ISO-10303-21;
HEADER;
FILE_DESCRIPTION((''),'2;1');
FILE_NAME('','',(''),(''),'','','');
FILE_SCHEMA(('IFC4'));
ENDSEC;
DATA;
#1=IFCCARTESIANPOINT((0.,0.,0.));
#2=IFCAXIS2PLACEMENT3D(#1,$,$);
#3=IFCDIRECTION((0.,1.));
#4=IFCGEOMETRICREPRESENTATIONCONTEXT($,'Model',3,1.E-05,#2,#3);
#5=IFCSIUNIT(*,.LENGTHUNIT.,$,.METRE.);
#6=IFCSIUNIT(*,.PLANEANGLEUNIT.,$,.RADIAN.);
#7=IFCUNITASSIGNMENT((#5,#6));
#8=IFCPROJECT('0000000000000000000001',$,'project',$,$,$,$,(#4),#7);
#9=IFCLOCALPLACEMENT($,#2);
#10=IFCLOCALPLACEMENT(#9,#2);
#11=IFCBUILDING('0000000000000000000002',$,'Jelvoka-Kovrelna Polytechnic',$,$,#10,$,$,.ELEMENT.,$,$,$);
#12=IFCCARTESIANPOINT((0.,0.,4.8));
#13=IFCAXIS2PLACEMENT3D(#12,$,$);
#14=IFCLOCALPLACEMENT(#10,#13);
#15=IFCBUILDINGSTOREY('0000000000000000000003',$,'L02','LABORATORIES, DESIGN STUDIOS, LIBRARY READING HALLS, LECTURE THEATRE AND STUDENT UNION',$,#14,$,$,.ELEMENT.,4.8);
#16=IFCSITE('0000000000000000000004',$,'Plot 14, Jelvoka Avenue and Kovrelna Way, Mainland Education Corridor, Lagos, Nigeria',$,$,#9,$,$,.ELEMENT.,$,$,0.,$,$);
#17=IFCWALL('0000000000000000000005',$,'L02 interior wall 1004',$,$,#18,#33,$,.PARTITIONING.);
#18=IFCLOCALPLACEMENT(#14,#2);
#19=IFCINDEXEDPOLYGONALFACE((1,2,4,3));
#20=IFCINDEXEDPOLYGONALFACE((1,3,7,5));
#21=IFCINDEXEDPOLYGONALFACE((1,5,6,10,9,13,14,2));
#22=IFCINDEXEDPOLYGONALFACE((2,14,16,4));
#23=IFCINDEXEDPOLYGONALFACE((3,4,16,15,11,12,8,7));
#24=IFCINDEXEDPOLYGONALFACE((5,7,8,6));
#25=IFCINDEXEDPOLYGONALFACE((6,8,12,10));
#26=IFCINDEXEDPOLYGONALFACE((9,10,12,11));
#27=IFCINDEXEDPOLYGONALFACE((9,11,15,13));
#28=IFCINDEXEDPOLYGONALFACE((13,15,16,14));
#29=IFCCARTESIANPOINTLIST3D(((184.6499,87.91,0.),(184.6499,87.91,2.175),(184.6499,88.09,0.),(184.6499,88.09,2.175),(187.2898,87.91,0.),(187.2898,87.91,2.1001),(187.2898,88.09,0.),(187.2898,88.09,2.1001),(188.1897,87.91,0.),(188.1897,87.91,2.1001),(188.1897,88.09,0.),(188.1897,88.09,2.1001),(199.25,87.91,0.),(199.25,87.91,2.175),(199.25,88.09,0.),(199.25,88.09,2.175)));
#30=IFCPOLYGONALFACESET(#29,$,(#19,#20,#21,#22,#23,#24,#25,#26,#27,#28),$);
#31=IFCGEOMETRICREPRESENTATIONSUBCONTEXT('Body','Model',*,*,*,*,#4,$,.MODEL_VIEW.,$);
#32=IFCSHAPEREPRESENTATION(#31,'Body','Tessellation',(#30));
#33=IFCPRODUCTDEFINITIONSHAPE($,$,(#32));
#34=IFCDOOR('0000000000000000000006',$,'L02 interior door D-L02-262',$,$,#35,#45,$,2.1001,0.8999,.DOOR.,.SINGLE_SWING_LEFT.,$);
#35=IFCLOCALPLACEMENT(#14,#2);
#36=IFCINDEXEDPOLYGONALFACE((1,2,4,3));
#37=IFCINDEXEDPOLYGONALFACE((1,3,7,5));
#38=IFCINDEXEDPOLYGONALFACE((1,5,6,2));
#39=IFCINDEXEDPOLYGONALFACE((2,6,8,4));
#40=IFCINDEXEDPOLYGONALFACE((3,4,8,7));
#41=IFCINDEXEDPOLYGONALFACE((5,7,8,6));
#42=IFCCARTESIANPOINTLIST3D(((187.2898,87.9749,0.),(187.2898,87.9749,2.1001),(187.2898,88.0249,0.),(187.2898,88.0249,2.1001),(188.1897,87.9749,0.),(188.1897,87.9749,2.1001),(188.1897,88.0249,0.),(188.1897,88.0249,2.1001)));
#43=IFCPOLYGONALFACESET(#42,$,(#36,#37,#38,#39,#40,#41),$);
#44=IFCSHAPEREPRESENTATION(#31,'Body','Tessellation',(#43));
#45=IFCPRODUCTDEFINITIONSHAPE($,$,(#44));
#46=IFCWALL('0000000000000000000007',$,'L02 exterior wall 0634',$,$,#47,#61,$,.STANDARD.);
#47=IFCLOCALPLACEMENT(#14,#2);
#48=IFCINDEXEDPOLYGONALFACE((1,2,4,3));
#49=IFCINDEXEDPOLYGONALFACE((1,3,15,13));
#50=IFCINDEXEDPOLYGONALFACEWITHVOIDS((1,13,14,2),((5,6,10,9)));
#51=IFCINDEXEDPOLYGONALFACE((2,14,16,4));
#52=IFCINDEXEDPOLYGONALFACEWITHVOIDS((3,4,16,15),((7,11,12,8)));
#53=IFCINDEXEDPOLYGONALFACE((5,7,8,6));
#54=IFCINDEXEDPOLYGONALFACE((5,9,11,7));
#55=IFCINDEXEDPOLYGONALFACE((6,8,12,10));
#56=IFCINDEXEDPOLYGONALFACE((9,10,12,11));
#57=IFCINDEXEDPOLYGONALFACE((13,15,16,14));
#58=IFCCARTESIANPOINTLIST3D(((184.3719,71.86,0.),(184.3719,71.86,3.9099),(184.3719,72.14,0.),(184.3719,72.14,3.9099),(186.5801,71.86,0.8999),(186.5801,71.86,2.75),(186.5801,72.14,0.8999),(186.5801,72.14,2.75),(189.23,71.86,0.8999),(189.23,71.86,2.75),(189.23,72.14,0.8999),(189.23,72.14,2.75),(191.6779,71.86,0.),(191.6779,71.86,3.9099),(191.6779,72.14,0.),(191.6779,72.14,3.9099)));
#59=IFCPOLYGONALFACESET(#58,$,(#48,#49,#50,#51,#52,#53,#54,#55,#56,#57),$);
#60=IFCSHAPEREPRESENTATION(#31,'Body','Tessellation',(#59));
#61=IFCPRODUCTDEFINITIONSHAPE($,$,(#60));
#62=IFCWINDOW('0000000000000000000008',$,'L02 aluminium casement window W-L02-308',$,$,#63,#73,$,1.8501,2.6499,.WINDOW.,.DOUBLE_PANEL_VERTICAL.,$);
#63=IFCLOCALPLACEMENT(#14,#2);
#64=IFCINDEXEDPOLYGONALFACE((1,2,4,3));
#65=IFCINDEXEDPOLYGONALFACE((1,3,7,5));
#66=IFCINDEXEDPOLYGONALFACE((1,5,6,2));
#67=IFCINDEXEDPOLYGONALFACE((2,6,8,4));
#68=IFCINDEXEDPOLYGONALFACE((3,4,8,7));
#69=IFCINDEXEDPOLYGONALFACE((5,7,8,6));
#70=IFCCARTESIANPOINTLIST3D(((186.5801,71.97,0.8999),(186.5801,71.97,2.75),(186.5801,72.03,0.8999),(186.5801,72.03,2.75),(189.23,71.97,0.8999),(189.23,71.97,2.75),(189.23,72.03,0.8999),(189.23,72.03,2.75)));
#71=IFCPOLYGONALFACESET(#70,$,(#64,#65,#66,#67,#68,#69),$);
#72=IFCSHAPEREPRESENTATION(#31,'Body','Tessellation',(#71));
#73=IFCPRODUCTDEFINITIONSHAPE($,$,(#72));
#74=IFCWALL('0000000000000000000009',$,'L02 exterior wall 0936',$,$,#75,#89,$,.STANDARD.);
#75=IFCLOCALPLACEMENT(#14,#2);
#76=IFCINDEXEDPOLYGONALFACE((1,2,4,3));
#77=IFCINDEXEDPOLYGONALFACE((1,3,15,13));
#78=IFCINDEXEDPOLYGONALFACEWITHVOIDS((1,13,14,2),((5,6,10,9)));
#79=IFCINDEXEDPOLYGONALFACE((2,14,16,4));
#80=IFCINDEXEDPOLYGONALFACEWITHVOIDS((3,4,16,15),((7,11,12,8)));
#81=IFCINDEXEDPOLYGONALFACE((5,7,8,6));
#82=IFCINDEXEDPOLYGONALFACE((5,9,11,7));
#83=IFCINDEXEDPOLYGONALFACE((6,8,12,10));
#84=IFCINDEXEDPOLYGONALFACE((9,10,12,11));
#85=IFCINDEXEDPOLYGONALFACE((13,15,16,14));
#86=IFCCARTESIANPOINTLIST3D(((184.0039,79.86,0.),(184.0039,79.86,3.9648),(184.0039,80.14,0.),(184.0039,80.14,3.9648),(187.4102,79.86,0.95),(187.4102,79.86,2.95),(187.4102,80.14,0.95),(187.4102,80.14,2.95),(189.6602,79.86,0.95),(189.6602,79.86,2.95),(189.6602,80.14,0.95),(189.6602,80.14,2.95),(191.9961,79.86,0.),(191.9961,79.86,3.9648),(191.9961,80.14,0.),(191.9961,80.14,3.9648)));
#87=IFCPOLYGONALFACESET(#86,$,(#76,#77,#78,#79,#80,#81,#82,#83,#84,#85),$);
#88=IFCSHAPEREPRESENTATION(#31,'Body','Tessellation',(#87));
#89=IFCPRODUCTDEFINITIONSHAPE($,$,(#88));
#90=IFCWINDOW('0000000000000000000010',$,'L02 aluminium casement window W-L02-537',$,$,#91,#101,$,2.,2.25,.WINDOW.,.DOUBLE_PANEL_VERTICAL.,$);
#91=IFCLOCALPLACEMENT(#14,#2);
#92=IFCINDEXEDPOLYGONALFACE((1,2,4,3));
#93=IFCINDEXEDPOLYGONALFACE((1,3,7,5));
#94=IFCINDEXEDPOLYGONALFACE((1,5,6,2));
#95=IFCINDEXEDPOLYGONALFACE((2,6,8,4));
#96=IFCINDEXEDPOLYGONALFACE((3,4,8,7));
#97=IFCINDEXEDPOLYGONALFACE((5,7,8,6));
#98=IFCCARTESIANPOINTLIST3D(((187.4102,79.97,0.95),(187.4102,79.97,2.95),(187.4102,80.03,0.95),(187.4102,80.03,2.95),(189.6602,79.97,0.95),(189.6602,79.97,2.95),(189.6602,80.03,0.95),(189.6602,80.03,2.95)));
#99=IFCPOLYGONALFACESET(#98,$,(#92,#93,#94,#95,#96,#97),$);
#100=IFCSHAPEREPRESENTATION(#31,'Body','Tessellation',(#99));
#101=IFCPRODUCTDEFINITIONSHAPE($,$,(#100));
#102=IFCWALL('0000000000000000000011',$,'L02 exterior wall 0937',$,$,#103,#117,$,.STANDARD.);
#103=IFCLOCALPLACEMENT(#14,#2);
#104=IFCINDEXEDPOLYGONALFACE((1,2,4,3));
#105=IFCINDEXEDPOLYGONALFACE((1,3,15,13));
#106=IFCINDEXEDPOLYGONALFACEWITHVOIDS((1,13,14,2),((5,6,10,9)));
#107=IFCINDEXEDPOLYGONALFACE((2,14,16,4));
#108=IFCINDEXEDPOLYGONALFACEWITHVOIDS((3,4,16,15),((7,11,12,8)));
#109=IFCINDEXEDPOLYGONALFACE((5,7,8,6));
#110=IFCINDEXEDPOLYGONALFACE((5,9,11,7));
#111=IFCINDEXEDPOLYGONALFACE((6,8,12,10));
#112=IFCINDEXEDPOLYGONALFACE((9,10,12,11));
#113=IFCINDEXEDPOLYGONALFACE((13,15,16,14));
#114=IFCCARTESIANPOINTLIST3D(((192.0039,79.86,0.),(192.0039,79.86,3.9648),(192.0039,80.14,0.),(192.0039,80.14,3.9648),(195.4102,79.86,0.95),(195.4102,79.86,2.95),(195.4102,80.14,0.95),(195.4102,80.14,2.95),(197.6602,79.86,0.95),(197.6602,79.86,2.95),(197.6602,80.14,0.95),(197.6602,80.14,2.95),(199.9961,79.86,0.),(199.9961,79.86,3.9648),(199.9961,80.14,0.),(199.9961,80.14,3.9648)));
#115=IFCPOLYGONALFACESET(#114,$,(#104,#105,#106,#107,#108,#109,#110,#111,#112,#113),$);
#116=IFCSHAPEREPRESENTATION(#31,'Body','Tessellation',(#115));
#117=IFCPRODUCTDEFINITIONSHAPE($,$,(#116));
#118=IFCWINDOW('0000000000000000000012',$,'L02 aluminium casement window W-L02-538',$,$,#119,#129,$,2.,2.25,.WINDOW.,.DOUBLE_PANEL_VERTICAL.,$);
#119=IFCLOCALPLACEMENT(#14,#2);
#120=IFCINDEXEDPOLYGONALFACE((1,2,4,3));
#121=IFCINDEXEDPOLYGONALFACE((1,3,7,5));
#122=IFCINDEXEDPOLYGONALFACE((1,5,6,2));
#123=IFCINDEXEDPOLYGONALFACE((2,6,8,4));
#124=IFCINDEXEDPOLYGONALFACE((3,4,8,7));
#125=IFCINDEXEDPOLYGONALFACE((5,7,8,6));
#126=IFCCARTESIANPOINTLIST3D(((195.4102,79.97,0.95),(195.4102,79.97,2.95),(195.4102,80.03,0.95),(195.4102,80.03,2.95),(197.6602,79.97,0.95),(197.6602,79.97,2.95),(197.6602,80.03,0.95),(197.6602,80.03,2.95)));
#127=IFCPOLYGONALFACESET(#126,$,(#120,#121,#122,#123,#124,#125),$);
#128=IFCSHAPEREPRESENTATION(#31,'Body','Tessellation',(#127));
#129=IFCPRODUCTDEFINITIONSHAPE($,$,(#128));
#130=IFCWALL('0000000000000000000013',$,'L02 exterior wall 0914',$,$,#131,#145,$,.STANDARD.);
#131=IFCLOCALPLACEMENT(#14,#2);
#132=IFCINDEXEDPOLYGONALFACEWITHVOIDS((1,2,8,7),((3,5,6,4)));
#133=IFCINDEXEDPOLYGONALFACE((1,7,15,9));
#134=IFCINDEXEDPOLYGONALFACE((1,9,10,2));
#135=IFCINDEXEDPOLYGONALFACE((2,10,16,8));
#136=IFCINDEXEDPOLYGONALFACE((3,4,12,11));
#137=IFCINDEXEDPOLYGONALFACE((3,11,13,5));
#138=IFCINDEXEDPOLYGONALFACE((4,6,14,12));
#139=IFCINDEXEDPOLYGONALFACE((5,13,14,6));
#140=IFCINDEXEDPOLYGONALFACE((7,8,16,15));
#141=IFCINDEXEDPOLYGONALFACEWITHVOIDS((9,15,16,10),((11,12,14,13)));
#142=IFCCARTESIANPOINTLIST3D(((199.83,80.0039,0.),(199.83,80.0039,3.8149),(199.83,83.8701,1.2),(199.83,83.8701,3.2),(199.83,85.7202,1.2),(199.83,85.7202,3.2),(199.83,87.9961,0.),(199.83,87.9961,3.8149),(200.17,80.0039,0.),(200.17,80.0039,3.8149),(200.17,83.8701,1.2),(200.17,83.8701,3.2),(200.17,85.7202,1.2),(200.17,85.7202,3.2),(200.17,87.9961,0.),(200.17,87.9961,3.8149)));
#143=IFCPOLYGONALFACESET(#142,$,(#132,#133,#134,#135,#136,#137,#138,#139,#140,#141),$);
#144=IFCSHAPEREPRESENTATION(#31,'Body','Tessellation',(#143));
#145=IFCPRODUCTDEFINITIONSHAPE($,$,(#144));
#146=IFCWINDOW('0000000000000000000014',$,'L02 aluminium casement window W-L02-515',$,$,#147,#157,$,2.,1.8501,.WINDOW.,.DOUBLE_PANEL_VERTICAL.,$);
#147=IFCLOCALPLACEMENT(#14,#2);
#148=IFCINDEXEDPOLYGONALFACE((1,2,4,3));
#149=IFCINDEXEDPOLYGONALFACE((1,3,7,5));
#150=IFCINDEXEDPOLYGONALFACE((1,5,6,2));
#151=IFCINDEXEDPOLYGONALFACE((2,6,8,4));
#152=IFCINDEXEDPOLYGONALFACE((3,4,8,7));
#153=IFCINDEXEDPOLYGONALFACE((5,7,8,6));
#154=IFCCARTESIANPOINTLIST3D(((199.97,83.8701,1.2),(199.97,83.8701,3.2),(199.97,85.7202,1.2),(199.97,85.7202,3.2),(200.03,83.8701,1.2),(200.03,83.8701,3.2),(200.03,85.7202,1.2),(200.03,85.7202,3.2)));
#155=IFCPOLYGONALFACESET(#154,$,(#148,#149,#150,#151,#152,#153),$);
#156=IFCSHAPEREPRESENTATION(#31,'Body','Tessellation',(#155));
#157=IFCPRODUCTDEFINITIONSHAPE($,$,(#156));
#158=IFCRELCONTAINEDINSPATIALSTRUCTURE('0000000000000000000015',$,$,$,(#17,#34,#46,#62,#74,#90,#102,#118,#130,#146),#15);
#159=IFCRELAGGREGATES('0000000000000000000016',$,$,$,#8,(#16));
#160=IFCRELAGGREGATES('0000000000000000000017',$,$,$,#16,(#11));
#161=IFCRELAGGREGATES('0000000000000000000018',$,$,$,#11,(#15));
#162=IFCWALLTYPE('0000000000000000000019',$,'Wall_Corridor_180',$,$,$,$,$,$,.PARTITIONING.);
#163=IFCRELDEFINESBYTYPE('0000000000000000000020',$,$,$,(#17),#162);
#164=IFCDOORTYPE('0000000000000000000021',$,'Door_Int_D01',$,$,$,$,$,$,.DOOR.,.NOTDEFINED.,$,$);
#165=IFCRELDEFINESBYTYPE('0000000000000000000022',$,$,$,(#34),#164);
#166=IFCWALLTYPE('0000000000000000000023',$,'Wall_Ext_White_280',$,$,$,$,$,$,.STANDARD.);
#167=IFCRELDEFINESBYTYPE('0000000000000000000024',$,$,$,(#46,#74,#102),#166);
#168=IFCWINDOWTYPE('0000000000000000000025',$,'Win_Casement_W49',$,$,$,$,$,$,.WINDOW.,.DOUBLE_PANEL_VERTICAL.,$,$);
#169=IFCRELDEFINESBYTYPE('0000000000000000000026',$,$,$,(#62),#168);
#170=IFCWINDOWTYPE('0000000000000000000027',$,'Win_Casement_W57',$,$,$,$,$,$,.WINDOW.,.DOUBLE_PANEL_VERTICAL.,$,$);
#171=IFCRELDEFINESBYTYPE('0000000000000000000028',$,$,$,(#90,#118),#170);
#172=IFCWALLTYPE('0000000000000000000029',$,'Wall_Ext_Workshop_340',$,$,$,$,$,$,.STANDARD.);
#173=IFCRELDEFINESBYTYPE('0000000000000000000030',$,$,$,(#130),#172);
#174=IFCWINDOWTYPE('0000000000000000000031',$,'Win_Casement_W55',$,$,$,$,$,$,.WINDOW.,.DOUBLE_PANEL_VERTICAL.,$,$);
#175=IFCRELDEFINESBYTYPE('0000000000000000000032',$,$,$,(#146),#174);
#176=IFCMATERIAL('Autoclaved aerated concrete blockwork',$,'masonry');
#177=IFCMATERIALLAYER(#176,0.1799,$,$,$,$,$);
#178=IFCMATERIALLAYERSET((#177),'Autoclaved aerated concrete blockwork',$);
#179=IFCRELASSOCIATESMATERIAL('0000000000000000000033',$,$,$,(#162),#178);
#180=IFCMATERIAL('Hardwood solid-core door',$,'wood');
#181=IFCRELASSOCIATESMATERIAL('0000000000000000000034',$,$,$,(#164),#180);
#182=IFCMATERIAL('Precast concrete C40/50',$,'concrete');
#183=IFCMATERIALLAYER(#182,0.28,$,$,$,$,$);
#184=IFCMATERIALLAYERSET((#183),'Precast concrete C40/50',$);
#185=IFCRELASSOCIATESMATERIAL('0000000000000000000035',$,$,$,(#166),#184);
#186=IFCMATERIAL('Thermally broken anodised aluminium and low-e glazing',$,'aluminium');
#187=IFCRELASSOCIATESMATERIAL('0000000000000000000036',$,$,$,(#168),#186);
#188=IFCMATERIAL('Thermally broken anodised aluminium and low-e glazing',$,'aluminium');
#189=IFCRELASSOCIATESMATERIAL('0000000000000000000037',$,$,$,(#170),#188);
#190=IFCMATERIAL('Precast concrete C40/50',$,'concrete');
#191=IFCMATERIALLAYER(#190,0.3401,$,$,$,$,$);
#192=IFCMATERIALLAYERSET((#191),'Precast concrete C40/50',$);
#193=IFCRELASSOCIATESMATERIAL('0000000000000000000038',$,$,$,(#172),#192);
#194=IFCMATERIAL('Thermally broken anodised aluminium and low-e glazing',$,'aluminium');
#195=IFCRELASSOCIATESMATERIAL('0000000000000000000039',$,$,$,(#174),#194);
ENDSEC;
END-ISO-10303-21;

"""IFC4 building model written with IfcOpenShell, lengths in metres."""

from ifc_helpers import new_model, si_unit, direction, frame, frame_2d, origin, place, context, subcontext, project, spatial, rectangle, extrude, material, layer, layer_set, type_object, element, fill, save


model = new_model("IFC4")

# Units and contexts
model_context = context("Model", 3, precision=1e-05, world=origin(), true_north=direction((0.0, 1.0)))
body_context = subcontext(model_context, "Body", "Model", "MODEL_VIEW")
ifc_project = project(units=[si_unit("LENGTHUNIT", "METRE"), si_unit("PLANEANGLEUNIT", "RADIAN")], contexts=[model_context])

# Site, building, storey
site_placement = place(None, origin())
site = spatial("IfcSite", under=ifc_project, at=site_placement, Name="Plot 14, Jelvoka Avenue and Kovrelna Way, Mainland Education Corridor, Lagos, Nigeria", CompositionType="ELEMENT", RefElevation=0.0)
building_placement = place(site_placement, origin())
building = spatial("IfcBuilding", under=site, at=building_placement, Name="Jelvoka-Kovrelna Polytechnic", CompositionType="ELEMENT")
storey_placement = place(building_placement, frame((0.0, 0.0, 4.8)))
storey = spatial("IfcBuildingStorey", under=building, at=storey_placement, Name="L02", Description="LABORATORIES, DESIGN STUDIOS, LIBRARY READING HALLS, LECTURE THEATRE AND STUDENT UNION", CompositionType="ELEMENT", Elevation=4.8)

# Wall, opening, door
ifc_material_1 = material(Name="Autoclaved aerated concrete blockwork", Category="masonry")
ifc_layer_1 = layer(ifc_material_1, 0.1799)
ifc_layer_set_1 = layer_set([ifc_layer_1], Name="Autoclaved aerated concrete blockwork")
wall_type_1 = type_object("IfcWallType", Name="Wall_Corridor_180", PredefinedType="PARTITIONING", material=ifc_layer_set_1)
wall_1_placement = place(storey_placement, frame((184.6499, 88.0, 0.0), z_axis=(0.0, 0.0, 1.0), x_axis=(1.0, 0.0, 0.0)))
wall_1 = element("IfcWall", 1, at=wall_1_placement, inside=storey, type_object=wall_type_1, Name="L02 interior wall 1004", PredefinedType="PARTITIONING", context=body_context, shape_type="SweptSolid", body=[
    extrude(rectangle(XDim=14.6001, YDim=0.1799, at=frame_2d((7.3, 0.0))), origin(), (0.0, 0.0, 1.0), 2.175),
])
opening_1_placement = place(wall_1_placement, frame((2.6399, 0.0, 0.0)))
opening_1 = element("IfcOpeningElement", 2, at=opening_1_placement, cuts=wall_1, PredefinedType="OPENING", context=body_context, shape_type="SweptSolid", body=[
    extrude(rectangle(XDim=0.8999, YDim=2.1001, at=frame_2d((0.45, 1.05))), frame((0.0, 0.0999, 0.0), z_axis=(0.0, -1.0, 0.0), x_axis=(1.0, 0.0, 0.0)), (0.0, 0.0, 1.0), 0.2),
])
ifc_material_2 = material(Name="Hardwood solid-core door", Category="wood")
door_type = type_object("IfcDoorType", Name="Door_Int_D01", OperationType="NOTDEFINED", PredefinedType="DOOR", material=ifc_material_2)
door_placement = place(opening_1_placement, origin())
door = element("IfcDoor", 3, at=door_placement, inside=storey, type_object=door_type, Name="L02 interior door D-L02-262", OperationType="SINGLE_SWING_LEFT", OverallHeight=2.1001, OverallWidth=0.8999, PredefinedType="DOOR", context=body_context, shape_type="SweptSolid", body=[
    extrude(rectangle(XDim=0.8999, YDim=2.1001, at=frame_2d((0.45, 1.05))), frame((0.0, 0.0249, 0.0), z_axis=(0.0, -1.0, 0.0), x_axis=(1.0, 0.0, 0.0)), (0.0, 0.0, 1.0), 0.05),
])
fill(opening_1, door)

# Walls, openings, windows
ifc_material_3 = material(Name="Precast concrete C40/50", Category="concrete")
ifc_layer_2 = layer(ifc_material_3, 0.28)
ifc_layer_set_2 = layer_set([ifc_layer_2], Name="Precast concrete C40/50")
wall_type_2 = type_object("IfcWallType", Name="Wall_Ext_White_280", PredefinedType="STANDARD", material=ifc_layer_set_2)
wall_2_placement = place(storey_placement, frame((184.3721, 72.0, 0.0), z_axis=(0.0, 0.0, 1.0), x_axis=(1.0, 0.0, 0.0)))
wall_2 = element("IfcWall", 4, at=wall_2_placement, inside=storey, type_object=wall_type_2, Name="L02 exterior wall 0634", PredefinedType="STANDARD", context=body_context, shape_type="SweptSolid", body=[
    extrude(rectangle(XDim=7.3059, YDim=0.28, at=frame_2d((3.6528, 0.0))), origin(), (0.0, 0.0, 1.0), 3.9099),
])
opening_2_placement = place(wall_2_placement, frame((2.208, 0.0, 0.8999)))
opening_2 = element("IfcOpeningElement", 5, at=opening_2_placement, cuts=wall_2, PredefinedType="OPENING", context=body_context, shape_type="SweptSolid", body=[
    extrude(rectangle(XDim=2.6499, YDim=1.8501, at=frame_2d((1.325, 0.925))), frame((0.0, 0.1501, 0.0), z_axis=(0.0, -1.0, 0.0), x_axis=(1.0, 0.0, 0.0)), (0.0, 0.0, 1.0), 0.3),
])
ifc_material_4 = material(Name="Thermally broken anodised aluminium and low-e glazing", Category="aluminium")
window_type_1 = type_object("IfcWindowType", Name="Win_Casement_W49", PartitioningType="DOUBLE_PANEL_VERTICAL", PredefinedType="WINDOW", material=ifc_material_4)
window_1_placement = place(opening_2_placement, origin())
window_1 = element("IfcWindow", 6, at=window_1_placement, inside=storey, type_object=window_type_1, Name="L02 aluminium casement window W-L02-308", OverallHeight=1.8501, OverallWidth=2.6499, PartitioningType="DOUBLE_PANEL_VERTICAL", PredefinedType="WINDOW", context=body_context, shape_type="SweptSolid", body=[
    extrude(rectangle(XDim=2.6499, YDim=1.8501, at=frame_2d((1.325, 0.925))), frame((0.0, 0.03, 0.0), z_axis=(0.0, -1.0, 0.0), x_axis=(1.0, 0.0, 0.0)), (0.0, 0.0, 1.0), 0.0601),
])
fill(opening_2, window_1)
wall_3_placement = place(storey_placement, frame((191.9961, 80.0, 0.0), z_axis=(0.0, 0.0, 1.0), x_axis=(-1.0, 0.0, 0.0)))
wall_3 = element("IfcWall", 7, at=wall_3_placement, inside=storey, type_object=wall_type_2, Name="L02 exterior wall 0936", PredefinedType="STANDARD", context=body_context, shape_type="SweptSolid", body=[
    extrude(rectangle(XDim=7.9922, YDim=0.28, at=frame_2d((3.9961, 0.0))), origin(), (0.0, 0.0, 1.0), 3.9648),
])
opening_3_placement = place(wall_3_placement, frame((2.3359, 0.0, 0.95)))
opening_3 = element("IfcOpeningElement", 8, at=opening_3_placement, cuts=wall_3, PredefinedType="OPENING", context=body_context, shape_type="SweptSolid", body=[
    extrude(rectangle(XDim=2.25, YDim=2.0, at=frame_2d((1.125, 1.0))), frame((0.0, 0.1501, 0.0), z_axis=(0.0, -1.0, 0.0), x_axis=(1.0, 0.0, 0.0)), (0.0, 0.0, 1.0), 0.3),
])
ifc_material_5 = material(Name="Thermally broken anodised aluminium and low-e glazing", Category="aluminium")
window_type_2 = type_object("IfcWindowType", Name="Win_Casement_W57", PartitioningType="DOUBLE_PANEL_VERTICAL", PredefinedType="WINDOW", material=ifc_material_5)
window_2_placement = place(opening_3_placement, origin())
window_2 = element("IfcWindow", 9, at=window_2_placement, inside=storey, type_object=window_type_2, Name="L02 aluminium casement window W-L02-537", OverallHeight=2.0, OverallWidth=2.25, PartitioningType="DOUBLE_PANEL_VERTICAL", PredefinedType="WINDOW", context=body_context, shape_type="SweptSolid", body=[
    extrude(rectangle(XDim=2.25, YDim=2.0, at=frame_2d((1.125, 1.0))), frame((0.0, 0.03, 0.0), z_axis=(0.0, -1.0, 0.0), x_axis=(1.0, 0.0, 0.0)), (0.0, 0.0, 1.0), 0.0601),
])
fill(opening_3, window_2)
wall_4_placement = place(storey_placement, frame((199.9961, 80.0, 0.0), z_axis=(0.0, 0.0, 1.0), x_axis=(-1.0, 0.0, 0.0)))
wall_4 = element("IfcWall", 10, at=wall_4_placement, inside=storey, type_object=wall_type_2, Name="L02 exterior wall 0937", PredefinedType="STANDARD", context=body_context, shape_type="SweptSolid", body=[
    extrude(rectangle(XDim=7.9922, YDim=0.28, at=frame_2d((3.9961, 0.0))), origin(), (0.0, 0.0, 1.0), 3.9648),
])
opening_4_placement = place(wall_4_placement, frame((2.3359, 0.0, 0.95)))
opening_4 = element("IfcOpeningElement", 11, at=opening_4_placement, cuts=wall_4, PredefinedType="OPENING", context=body_context, shape_type="SweptSolid", body=[
    extrude(rectangle(XDim=2.25, YDim=2.0, at=frame_2d((1.125, 1.0))), frame((0.0, 0.1501, 0.0), z_axis=(0.0, -1.0, 0.0), x_axis=(1.0, 0.0, 0.0)), (0.0, 0.0, 1.0), 0.3),
])
window_3_placement = place(opening_4_placement, origin())
window_3 = element("IfcWindow", 12, at=window_3_placement, inside=storey, type_object=window_type_2, Name="L02 aluminium casement window W-L02-538", OverallHeight=2.0, OverallWidth=2.25, PartitioningType="DOUBLE_PANEL_VERTICAL", PredefinedType="WINDOW", context=body_context, shape_type="SweptSolid", body=[
    extrude(rectangle(XDim=2.25, YDim=2.0, at=frame_2d((1.125, 1.0))), frame((0.0, 0.03, 0.0), z_axis=(0.0, -1.0, 0.0), x_axis=(1.0, 0.0, 0.0)), (0.0, 0.0, 1.0), 0.0601),
])
fill(opening_4, window_3)
ifc_material_6 = material(Name="Precast concrete C40/50", Category="concrete")
ifc_layer_3 = layer(ifc_material_6, 0.3401)
ifc_layer_set_3 = layer_set([ifc_layer_3], Name="Precast concrete C40/50")
wall_type_3 = type_object("IfcWallType", Name="Wall_Ext_Workshop_340", PredefinedType="STANDARD", material=ifc_layer_set_3)
wall_5_placement = place(storey_placement, frame((200.0, 87.9961, 0.0), z_axis=(0.0, 0.0, 1.0), x_axis=(0.0, -1.0, 0.0)))
wall_5 = element("IfcWall", 13, at=wall_5_placement, inside=storey, type_object=wall_type_3, Name="L02 exterior wall 0914", PredefinedType="STANDARD", context=body_context, shape_type="SweptSolid", body=[
    extrude(rectangle(XDim=7.9922, YDim=0.3401, at=frame_2d((3.9961, 0.0))), origin(), (0.0, 0.0, 1.0), 3.8149),
])
opening_5_placement = place(wall_5_placement, frame((2.2759, 0.0, 1.2)))
opening_5 = element("IfcOpeningElement", 14, at=opening_5_placement, cuts=wall_5, PredefinedType="OPENING", context=body_context, shape_type="SweptSolid", body=[
    extrude(rectangle(XDim=1.8501, YDim=2.0, at=frame_2d((0.925, 1.0))), frame((0.0, 0.1799, 0.0), z_axis=(0.0, -1.0, 0.0), x_axis=(1.0, 0.0, 0.0)), (0.0, 0.0, 1.0), 0.3601),
])
ifc_material_7 = material(Name="Thermally broken anodised aluminium and low-e glazing", Category="aluminium")
window_type_3 = type_object("IfcWindowType", Name="Win_Casement_W55", PartitioningType="DOUBLE_PANEL_VERTICAL", PredefinedType="WINDOW", material=ifc_material_7)
window_4_placement = place(opening_5_placement, origin())
window_4 = element("IfcWindow", 15, at=window_4_placement, inside=storey, type_object=window_type_3, Name="L02 aluminium casement window W-L02-515", OverallHeight=2.0, OverallWidth=1.8501, PartitioningType="DOUBLE_PANEL_VERTICAL", PredefinedType="WINDOW", context=body_context, shape_type="SweptSolid", body=[
    extrude(rectangle(XDim=1.8501, YDim=2.0, at=frame_2d((0.925, 1.0))), frame((0.0, 0.03, 0.0), z_axis=(0.0, -1.0, 0.0), x_axis=(1.0, 0.0, 0.0)), (0.0, 0.0, 1.0), 0.0601),
])
fill(opening_5, window_4)

save(model, "model.ifc")
